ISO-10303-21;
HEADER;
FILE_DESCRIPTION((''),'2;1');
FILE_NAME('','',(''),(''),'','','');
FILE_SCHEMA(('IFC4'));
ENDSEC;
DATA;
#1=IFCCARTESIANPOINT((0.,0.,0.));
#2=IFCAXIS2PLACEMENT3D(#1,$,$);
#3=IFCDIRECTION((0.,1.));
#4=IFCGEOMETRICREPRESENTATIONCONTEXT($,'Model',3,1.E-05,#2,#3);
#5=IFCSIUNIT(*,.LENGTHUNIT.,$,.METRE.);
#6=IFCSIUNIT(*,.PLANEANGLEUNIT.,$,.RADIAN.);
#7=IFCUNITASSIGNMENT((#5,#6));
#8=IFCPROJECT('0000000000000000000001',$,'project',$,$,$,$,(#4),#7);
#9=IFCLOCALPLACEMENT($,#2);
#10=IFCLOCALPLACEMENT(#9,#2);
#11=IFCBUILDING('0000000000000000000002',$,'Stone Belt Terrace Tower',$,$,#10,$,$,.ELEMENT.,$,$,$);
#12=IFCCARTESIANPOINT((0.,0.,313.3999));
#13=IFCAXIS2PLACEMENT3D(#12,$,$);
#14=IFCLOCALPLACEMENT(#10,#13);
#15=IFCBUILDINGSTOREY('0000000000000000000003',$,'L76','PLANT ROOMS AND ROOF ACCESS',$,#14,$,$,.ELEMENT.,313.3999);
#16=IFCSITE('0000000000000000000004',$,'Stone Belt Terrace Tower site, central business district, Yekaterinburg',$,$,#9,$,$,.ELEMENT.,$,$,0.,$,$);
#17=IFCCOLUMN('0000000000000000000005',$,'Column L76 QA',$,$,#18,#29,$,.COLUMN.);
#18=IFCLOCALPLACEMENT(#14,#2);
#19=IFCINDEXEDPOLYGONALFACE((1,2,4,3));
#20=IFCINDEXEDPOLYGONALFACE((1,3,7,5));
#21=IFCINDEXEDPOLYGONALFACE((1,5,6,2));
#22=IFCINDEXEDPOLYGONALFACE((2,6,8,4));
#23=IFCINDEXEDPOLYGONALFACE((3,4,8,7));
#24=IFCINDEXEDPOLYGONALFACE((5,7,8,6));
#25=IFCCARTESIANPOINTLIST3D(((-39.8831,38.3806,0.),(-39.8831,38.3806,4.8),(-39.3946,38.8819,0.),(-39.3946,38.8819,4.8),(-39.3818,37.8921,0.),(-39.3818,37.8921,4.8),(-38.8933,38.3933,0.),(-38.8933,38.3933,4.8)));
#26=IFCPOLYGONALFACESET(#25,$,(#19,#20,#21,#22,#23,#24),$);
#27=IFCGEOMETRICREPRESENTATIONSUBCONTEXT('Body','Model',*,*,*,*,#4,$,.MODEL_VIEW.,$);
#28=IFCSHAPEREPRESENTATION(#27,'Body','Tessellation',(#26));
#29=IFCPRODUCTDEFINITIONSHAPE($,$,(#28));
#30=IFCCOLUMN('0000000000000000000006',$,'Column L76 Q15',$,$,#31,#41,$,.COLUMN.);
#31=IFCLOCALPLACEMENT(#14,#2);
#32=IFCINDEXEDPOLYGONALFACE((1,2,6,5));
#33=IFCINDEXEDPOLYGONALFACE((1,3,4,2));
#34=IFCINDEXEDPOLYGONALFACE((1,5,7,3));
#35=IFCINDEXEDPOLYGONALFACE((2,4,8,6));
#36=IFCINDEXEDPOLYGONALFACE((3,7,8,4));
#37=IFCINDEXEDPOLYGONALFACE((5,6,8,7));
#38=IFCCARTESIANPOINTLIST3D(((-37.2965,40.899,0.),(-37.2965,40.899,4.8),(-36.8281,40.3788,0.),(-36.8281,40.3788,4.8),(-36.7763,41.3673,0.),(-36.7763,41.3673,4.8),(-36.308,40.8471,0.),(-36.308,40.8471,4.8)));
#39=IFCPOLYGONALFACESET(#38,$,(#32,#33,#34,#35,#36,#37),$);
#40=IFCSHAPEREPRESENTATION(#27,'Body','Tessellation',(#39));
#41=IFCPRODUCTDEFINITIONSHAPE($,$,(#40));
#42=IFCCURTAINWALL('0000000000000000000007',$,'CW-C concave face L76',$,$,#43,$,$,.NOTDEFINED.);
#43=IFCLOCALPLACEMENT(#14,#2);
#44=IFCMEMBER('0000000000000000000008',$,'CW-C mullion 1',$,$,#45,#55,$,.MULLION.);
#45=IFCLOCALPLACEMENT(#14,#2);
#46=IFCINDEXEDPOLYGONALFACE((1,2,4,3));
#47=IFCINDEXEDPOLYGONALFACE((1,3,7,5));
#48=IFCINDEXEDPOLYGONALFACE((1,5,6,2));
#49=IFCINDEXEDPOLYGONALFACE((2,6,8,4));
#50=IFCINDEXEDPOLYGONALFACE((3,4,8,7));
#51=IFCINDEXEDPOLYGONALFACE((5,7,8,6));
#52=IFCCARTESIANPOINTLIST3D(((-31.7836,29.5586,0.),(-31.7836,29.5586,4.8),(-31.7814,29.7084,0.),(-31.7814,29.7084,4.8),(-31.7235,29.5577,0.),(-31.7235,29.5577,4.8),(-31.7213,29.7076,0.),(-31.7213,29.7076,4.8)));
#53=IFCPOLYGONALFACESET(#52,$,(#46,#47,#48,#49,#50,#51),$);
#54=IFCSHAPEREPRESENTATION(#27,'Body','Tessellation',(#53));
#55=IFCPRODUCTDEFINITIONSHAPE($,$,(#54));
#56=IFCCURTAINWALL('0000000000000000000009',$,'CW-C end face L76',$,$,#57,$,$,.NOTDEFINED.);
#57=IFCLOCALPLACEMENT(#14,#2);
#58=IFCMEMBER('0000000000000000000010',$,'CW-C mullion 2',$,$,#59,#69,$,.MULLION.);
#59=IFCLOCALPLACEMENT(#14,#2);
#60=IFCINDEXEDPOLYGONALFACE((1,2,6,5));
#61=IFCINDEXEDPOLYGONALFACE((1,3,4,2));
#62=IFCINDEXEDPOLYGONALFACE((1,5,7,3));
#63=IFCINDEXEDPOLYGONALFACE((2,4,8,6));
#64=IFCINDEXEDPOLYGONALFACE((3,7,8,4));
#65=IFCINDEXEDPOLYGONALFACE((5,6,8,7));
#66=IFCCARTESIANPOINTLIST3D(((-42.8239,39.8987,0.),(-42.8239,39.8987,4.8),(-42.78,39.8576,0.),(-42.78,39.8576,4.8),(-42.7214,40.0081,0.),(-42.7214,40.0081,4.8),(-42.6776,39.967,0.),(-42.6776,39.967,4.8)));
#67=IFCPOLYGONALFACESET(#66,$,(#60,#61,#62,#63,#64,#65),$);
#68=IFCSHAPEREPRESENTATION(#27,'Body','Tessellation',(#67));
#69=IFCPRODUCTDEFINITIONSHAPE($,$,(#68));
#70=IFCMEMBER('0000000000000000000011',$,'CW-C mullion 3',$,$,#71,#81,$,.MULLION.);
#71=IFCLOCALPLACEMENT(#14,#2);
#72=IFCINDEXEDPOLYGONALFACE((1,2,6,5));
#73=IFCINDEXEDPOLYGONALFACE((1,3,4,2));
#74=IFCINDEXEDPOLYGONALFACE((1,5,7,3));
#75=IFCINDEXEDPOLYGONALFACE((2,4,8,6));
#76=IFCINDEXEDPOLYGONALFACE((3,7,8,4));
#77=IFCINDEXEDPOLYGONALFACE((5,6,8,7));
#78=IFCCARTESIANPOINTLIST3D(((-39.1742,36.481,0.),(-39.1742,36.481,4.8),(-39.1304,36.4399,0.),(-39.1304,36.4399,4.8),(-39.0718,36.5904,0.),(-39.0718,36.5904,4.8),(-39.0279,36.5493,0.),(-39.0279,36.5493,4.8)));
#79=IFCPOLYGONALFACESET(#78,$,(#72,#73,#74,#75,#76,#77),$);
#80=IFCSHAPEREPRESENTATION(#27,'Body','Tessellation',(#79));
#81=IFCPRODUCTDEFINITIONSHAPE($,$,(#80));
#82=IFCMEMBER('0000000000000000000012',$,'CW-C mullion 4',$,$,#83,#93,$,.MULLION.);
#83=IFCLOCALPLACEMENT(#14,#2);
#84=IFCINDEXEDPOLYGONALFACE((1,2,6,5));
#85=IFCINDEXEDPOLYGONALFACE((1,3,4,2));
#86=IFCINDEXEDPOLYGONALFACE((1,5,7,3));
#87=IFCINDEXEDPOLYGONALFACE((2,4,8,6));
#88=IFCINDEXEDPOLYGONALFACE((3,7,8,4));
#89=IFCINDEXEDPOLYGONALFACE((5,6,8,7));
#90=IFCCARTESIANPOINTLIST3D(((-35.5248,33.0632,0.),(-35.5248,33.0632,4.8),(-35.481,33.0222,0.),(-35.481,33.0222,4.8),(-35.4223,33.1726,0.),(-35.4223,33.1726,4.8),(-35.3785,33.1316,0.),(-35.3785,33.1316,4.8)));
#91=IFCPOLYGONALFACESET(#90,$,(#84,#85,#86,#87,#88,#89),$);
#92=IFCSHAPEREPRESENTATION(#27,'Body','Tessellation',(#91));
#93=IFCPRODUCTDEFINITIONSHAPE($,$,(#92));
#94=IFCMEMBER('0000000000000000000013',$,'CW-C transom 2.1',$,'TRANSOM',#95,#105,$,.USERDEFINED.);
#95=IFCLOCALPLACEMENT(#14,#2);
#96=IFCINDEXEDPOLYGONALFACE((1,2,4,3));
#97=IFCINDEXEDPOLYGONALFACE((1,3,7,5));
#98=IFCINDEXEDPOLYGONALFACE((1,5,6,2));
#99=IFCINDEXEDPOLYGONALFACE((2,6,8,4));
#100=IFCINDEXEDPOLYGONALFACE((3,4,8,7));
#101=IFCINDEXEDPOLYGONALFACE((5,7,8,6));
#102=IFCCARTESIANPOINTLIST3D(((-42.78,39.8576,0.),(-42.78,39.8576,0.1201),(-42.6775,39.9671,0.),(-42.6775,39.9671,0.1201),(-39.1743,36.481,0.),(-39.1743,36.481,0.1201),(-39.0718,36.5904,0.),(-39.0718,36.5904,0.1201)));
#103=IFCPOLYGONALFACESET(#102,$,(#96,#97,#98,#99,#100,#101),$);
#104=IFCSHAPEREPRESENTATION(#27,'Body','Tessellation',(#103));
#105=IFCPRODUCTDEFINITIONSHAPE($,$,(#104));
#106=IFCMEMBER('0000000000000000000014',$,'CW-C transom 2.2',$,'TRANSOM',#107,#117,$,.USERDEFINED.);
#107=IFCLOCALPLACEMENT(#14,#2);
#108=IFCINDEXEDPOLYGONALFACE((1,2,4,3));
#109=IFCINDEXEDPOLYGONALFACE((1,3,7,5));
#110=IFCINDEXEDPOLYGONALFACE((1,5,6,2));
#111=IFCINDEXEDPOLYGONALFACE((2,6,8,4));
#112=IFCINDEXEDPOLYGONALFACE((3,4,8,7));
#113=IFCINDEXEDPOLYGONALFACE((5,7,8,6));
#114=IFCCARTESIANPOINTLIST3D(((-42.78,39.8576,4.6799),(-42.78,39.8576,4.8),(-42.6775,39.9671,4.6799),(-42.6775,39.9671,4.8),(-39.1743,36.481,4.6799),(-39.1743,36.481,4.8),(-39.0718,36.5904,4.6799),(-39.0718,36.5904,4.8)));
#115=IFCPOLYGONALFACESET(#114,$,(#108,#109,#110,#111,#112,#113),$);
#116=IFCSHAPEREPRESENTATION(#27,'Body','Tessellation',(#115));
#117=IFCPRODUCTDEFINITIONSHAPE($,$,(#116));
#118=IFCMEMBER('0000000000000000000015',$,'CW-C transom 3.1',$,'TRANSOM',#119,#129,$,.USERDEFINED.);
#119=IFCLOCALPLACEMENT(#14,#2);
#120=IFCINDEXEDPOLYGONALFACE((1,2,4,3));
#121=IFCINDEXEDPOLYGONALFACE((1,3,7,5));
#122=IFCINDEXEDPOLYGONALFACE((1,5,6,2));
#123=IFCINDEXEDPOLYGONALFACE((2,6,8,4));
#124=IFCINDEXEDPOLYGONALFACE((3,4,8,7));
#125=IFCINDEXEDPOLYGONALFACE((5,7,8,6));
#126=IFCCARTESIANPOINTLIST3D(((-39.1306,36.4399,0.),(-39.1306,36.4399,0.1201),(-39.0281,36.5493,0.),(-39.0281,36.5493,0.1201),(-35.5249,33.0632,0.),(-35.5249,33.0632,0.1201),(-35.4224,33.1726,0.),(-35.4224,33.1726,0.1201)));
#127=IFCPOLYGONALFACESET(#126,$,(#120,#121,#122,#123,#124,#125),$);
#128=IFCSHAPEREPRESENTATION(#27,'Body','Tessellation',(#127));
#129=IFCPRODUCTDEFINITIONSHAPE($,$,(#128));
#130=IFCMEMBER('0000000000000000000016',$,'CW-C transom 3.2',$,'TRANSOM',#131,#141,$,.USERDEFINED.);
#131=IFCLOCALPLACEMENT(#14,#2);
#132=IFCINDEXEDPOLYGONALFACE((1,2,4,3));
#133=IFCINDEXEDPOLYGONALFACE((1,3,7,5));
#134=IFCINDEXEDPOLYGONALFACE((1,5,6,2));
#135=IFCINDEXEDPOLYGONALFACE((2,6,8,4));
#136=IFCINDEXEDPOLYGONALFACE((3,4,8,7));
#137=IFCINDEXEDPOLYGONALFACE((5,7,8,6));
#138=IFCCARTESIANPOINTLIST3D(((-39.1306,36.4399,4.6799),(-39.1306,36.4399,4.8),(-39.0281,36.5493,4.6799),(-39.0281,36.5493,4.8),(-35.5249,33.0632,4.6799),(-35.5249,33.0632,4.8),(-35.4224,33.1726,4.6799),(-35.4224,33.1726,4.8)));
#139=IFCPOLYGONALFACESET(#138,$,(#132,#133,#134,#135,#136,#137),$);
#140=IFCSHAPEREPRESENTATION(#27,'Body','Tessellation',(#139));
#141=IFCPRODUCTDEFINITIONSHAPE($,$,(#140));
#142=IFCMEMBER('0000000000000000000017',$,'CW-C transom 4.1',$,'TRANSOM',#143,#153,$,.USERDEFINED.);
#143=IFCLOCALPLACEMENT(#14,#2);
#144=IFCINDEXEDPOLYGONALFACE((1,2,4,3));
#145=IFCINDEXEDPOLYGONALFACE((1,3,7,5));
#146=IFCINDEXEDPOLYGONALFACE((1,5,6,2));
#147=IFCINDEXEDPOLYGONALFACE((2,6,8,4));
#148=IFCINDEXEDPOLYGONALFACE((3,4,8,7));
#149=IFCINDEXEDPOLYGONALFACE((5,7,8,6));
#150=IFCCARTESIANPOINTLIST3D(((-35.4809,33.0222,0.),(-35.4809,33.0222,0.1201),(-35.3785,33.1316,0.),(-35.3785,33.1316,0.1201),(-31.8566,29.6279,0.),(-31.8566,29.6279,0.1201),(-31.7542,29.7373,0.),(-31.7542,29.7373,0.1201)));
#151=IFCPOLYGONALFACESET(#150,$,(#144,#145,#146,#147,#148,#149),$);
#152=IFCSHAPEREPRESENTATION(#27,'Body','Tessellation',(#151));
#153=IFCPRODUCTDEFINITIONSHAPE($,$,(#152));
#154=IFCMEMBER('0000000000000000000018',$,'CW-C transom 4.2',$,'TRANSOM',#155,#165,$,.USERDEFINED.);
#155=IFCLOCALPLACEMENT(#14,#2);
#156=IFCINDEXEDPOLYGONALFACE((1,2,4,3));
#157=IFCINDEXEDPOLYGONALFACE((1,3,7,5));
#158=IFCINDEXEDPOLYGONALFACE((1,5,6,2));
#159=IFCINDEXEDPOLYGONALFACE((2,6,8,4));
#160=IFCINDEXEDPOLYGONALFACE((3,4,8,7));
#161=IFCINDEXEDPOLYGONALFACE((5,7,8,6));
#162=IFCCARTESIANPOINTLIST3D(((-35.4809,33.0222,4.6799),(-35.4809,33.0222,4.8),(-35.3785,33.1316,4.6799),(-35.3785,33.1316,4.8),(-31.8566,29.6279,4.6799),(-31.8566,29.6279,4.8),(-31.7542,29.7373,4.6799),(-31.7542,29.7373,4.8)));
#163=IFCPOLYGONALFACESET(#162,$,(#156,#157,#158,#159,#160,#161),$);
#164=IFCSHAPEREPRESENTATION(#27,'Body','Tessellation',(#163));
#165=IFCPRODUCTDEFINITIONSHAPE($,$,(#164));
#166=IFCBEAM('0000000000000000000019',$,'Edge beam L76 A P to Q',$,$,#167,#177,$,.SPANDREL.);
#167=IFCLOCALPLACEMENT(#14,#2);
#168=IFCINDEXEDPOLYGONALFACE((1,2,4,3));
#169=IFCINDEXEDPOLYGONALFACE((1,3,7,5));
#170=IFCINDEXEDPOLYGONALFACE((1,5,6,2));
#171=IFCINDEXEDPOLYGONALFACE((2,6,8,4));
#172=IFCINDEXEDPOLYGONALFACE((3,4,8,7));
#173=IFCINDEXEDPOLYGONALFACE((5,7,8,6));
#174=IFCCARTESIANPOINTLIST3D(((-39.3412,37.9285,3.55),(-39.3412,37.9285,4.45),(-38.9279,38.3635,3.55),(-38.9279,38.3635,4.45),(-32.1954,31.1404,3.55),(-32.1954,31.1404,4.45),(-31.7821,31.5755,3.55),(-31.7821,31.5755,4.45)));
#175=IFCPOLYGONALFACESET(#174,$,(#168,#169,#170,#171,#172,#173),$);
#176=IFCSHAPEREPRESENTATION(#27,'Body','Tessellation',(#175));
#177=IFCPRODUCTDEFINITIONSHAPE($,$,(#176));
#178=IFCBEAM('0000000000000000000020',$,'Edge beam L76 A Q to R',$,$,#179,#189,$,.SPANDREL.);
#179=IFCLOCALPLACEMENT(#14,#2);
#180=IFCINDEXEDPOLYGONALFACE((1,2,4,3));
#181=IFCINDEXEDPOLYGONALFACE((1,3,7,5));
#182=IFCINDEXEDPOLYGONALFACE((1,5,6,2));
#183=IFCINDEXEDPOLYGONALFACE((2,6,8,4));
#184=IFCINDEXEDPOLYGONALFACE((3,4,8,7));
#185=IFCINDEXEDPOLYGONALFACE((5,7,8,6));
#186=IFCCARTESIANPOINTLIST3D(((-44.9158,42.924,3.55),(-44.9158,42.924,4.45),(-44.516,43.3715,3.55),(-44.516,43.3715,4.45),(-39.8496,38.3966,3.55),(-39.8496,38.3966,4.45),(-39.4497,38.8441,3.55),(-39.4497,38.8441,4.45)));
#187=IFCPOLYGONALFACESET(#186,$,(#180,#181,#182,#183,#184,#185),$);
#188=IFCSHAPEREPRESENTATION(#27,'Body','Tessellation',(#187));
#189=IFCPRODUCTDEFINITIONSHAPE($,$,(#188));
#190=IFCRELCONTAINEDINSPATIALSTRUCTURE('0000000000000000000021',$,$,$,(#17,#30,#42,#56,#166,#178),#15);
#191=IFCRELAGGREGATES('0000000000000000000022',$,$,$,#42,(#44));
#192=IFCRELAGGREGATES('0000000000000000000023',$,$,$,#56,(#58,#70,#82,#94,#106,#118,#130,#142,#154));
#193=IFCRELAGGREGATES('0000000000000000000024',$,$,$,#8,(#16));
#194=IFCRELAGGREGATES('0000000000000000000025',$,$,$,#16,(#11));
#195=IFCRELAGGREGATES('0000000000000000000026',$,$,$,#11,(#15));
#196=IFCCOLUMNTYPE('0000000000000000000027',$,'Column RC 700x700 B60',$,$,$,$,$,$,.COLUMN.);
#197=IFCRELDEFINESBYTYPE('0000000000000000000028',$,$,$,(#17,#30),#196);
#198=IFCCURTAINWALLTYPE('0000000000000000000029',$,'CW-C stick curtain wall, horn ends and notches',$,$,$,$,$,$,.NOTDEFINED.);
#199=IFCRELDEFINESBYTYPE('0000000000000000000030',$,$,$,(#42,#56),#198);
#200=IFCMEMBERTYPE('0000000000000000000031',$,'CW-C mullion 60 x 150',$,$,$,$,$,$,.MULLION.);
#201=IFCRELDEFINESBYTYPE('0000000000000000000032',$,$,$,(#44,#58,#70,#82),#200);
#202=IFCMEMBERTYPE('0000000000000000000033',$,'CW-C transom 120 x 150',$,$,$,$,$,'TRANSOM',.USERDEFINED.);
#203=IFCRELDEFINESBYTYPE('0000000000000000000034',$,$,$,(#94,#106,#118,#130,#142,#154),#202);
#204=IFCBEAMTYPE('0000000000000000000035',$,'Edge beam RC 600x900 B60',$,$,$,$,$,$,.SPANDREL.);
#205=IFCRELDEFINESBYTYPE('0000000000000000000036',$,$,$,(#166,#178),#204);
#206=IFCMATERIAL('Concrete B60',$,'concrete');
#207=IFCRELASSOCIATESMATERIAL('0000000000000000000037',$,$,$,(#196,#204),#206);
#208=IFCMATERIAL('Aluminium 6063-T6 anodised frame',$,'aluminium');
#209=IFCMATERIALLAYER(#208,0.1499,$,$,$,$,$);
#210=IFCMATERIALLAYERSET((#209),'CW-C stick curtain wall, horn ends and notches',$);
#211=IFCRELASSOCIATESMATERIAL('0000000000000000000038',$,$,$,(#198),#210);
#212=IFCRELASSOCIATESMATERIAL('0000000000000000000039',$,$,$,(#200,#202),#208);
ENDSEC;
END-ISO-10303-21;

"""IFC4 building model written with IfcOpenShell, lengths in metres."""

from ifc_helpers import new_model, si_unit, direction, frame, origin, origin_2d, place, context, subcontext, project, spatial, rectangle, extrude, material, layer, layer_set, material_profile, profile_set, type_object, element, aggregate, save


model = new_model("IFC4")

# Units and contexts
model_context = context("Model", 3, precision=1e-05, world=origin(), true_north=direction((0.0, 1.0)))
body_context = subcontext(model_context, "Body", "Model", "MODEL_VIEW")
ifc_project = project(units=[si_unit("LENGTHUNIT", "METRE"), si_unit("PLANEANGLEUNIT", "RADIAN")], contexts=[model_context])

# Site, building, storey
site_placement = place(None, origin())
site = spatial("IfcSite", under=ifc_project, at=site_placement, Name="Stone Belt Terrace Tower site, central business district, Yekaterinburg", CompositionType="ELEMENT", RefElevation=0.0)
building_placement = place(site_placement, origin())
building = spatial("IfcBuilding", under=site, at=building_placement, Name="Stone Belt Terrace Tower", CompositionType="ELEMENT")
storey_placement = place(building_placement, frame((0.0, 0.0, 313.3999)))
storey = spatial("IfcBuildingStorey", under=building, at=storey_placement, Name="L76", Description="PLANT ROOMS AND ROOF ACCESS", CompositionType="ELEMENT", Elevation=313.3999)

# Columns
ifc_material_1 = material(Name="Concrete B60", Category="concrete")
ifc_material_profile_1 = material_profile(ifc_material_1, rectangle(XDim=0.7, YDim=0.7, at=origin_2d()), Name="RC 700x700")
ifc_profile_set_1 = profile_set([ifc_material_profile_1], Name="Concrete B60")
column_type = type_object("IfcColumnType", Name="Column RC 700x700 B60", PredefinedType="COLUMN", material=ifc_profile_set_1)
for number, where, z_axis, x_axis, name in (
    (1, (-39.3882, 38.387, 0.0), (0.0, 0.0, 1.0), (0.697944, 0.716152, 0.0), "Column L76 QA"),
    (2, (-36.8022, 40.873, 0.0), (0.0, 0.0, 1.0), (0.743145, 0.669131, 0.0), "Column L76 Q15"),
):
    element("IfcColumn", number, at=place(storey_placement, frame(where, z_axis=z_axis, x_axis=x_axis)), inside=storey, type_object=column_type, Name=name, PredefinedType="COLUMN", context=body_context, shape_type="SweptSolid", body=[
        extrude(rectangle(XDim=0.7, YDim=0.7, at=origin_2d()), origin(), (0.0, 0.0, 1.0), 4.8),
    ])

# Curtain wall, member
ifc_material_2 = material(Name="Aluminium 6063-T6 anodised frame", Category="aluminium")
ifc_layer_1 = layer(ifc_material_2, 0.1499)
ifc_layer_set_1 = layer_set([ifc_layer_1], Name="CW-C stick curtain wall, horn ends and notches")
curtain_wall_type = type_object("IfcCurtainWallType", Name="CW-C stick curtain wall, horn ends and notches", PredefinedType="NOTDEFINED", material=ifc_layer_set_1)
curtain_wall_1_placement = place(storey_placement, origin())
curtain_wall_1 = element("IfcCurtainWall", 3, at=curtain_wall_1_placement, inside=storey, type_object=curtain_wall_type, Name="CW-C concave face L76", PredefinedType="NOTDEFINED")
ifc_material_profile_2 = material_profile(ifc_material_2, rectangle(XDim=0.1499, YDim=0.0601, at=origin_2d()), Name="Aluminium 6063-T6 60x150")
ifc_profile_set_2 = profile_set([ifc_material_profile_2], Name="Aluminium 6063-T6 anodised frame")
member_type_1 = type_object("IfcMemberType", Name="CW-C mullion 60 x 150", PredefinedType="MULLION", material=ifc_profile_set_2)
member_1_placement = place(storey_placement, frame((-31.7524, 29.6331, 0.0), z_axis=(0.0, 0.0, 1.0), x_axis=(0.014682, 0.999892, 0.0)))
member_1 = element("IfcMember", 4, at=member_1_placement, type_object=member_type_1, Name="CW-C mullion 1", PredefinedType="MULLION", context=body_context, shape_type="SweptSolid", body=[
    extrude(rectangle(XDim=0.1499, YDim=0.0601, at=origin_2d()), origin(), (0.0, 0.0, 1.0), 4.8),
])
aggregate(curtain_wall_1, [member_1])

# Curtain wall, members
curtain_wall_2_placement = place(storey_placement, origin())
curtain_wall_2 = element("IfcCurtainWall", 5, at=curtain_wall_2_placement, inside=storey, type_object=curtain_wall_type, Name="CW-C end face L76", PredefinedType="NOTDEFINED")
member_2_placement = place(storey_placement, frame((-42.7507, 39.9329, 0.0), z_axis=(0.0, 0.0, 1.0), x_axis=(0.683549, 0.729904, 0.0)))
member_2 = element("IfcMember", 6, at=member_2_placement, type_object=member_type_1, Name="CW-C mullion 2", PredefinedType="MULLION", context=body_context, shape_type="SweptSolid", body=[
    extrude(rectangle(XDim=0.1499, YDim=0.0601, at=origin_2d()), origin(), (0.0, 0.0, 1.0), 4.8),
])
member_3_placement = place(storey_placement, frame((-39.1011, 36.5151, 0.0), z_axis=(0.0, 0.0, 1.0), x_axis=(0.683549, 0.729904, 0.0)))
member_3 = element("IfcMember", 7, at=member_3_placement, type_object=member_type_1, Name="CW-C mullion 3", PredefinedType="MULLION", context=body_context, shape_type="SweptSolid", body=[
    extrude(rectangle(XDim=0.1499, YDim=0.0601, at=origin_2d()), origin(), (0.0, 0.0, 1.0), 4.8),
])
member_4_placement = place(storey_placement, frame((-35.4517, 33.0974, 0.0), z_axis=(0.0, 0.0, 1.0), x_axis=(0.683549, 0.729904, 0.0)))
member_4 = element("IfcMember", 8, at=member_4_placement, type_object=member_type_1, Name="CW-C mullion 4", PredefinedType="MULLION", context=body_context, shape_type="SweptSolid", body=[
    extrude(rectangle(XDim=0.1499, YDim=0.0601, at=origin_2d()), origin(), (0.0, 0.0, 1.0), 4.8),
])
ifc_material_profile_3 = material_profile(ifc_material_2, rectangle(XDim=0.1499, YDim=0.1201, at=origin_2d()), Name="Aluminium 6063-T6 150x120")
ifc_profile_set_3 = profile_set([ifc_material_profile_3], Name="Aluminium 6063-T6 anodised frame")
member_type_2 = type_object("IfcMemberType", Name="CW-C transom 120 x 150", ElementType="TRANSOM", PredefinedType="USERDEFINED", material=ifc_profile_set_3)
member_5_placement = place(storey_placement, frame((-42.7288, 39.9124, 0.0601), z_axis=(0.729905, -0.683548, 0.0), x_axis=(0.683548, 0.729905, 0.0)))
member_5 = element("IfcMember", 9, at=member_5_placement, type_object=member_type_2, Name="CW-C transom 2.1", ObjectType="TRANSOM", PredefinedType="USERDEFINED", context=body_context, shape_type="SweptSolid", body=[
    extrude(rectangle(XDim=0.1499, YDim=0.1201, at=origin_2d()), origin(), (0.0, 0.0, 1.0), 4.9399),
])
member_6_placement = place(storey_placement, frame((-42.7288, 39.9124, 4.74), z_axis=(0.729905, -0.683548, 0.0), x_axis=(0.683548, 0.729905, 0.0)))
member_6 = element("IfcMember", 10, at=member_6_placement, type_object=member_type_2, Name="CW-C transom 2.2", ObjectType="TRANSOM", PredefinedType="USERDEFINED", context=body_context, shape_type="SweptSolid", body=[
    extrude(rectangle(XDim=0.1499, YDim=0.1201, at=origin_2d()), origin(), (0.0, 0.0, 1.0), 4.9399),
])
member_7_placement = place(storey_placement, frame((-39.0793, 36.4946, 0.0601), z_axis=(0.729905, -0.683548, 0.0), x_axis=(0.683548, 0.729905, 0.0)))
member_7 = element("IfcMember", 11, at=member_7_placement, type_object=member_type_2, Name="CW-C transom 3.1", ObjectType="TRANSOM", PredefinedType="USERDEFINED", context=body_context, shape_type="SweptSolid", body=[
    extrude(rectangle(XDim=0.1499, YDim=0.1201, at=origin_2d()), origin(), (0.0, 0.0, 1.0), 4.9399),
])
member_8_placement = place(storey_placement, frame((-39.0793, 36.4946, 4.74), z_axis=(0.729905, -0.683548, 0.0), x_axis=(0.683548, 0.729905, 0.0)))
member_8 = element("IfcMember", 12, at=member_8_placement, type_object=member_type_2, Name="CW-C transom 3.2", ObjectType="TRANSOM", PredefinedType="USERDEFINED", context=body_context, shape_type="SweptSolid", body=[
    extrude(rectangle(XDim=0.1499, YDim=0.1201, at=origin_2d()), origin(), (0.0, 0.0, 1.0), 4.9399),
])
member_9_placement = place(storey_placement, frame((-35.4297, 33.0769, 0.0601), z_axis=(0.729885, -0.68357, 0.0), x_axis=(0.68357, 0.729885, 0.0)))
member_9 = element("IfcMember", 13, at=member_9_placement, type_object=member_type_2, Name="CW-C transom 4.1", ObjectType="TRANSOM", PredefinedType="USERDEFINED", context=body_context, shape_type="SweptSolid", body=[
    extrude(rectangle(XDim=0.1499, YDim=0.1201, at=origin_2d()), origin(), (0.0, 0.0, 1.0), 4.9656),
])
member_10_placement = place(storey_placement, frame((-35.4297, 33.0769, 4.74), z_axis=(0.729885, -0.68357, 0.0), x_axis=(0.68357, 0.729885, 0.0)))
member_10 = element("IfcMember", 14, at=member_10_placement, type_object=member_type_2, Name="CW-C transom 4.2", ObjectType="TRANSOM", PredefinedType="USERDEFINED", context=body_context, shape_type="SweptSolid", body=[
    extrude(rectangle(XDim=0.1499, YDim=0.1201, at=origin_2d()), origin(), (0.0, 0.0, 1.0), 4.9656),
])

# Beams
ifc_material_profile_4 = material_profile(ifc_material_1, rectangle(XDim=0.6001, YDim=0.8999, at=origin_2d()), Name="RC 600x900")
ifc_profile_set_4 = profile_set([ifc_material_profile_4], Name="Concrete B60")
beam_type = type_object("IfcBeamType", Name="Edge beam RC 600x900 B60", PredefinedType="SPANDREL", material=ifc_profile_set_4)
beam_1_placement = place(storey_placement, frame((-31.9888, 31.3579, 4.0), z_axis=(-0.725019, 0.688729, 0.0), x_axis=(-0.688729, -0.725019, 0.0)))
element("IfcBeam", 15, at=beam_1_placement, inside=storey, type_object=beam_type, Name="Edge beam L76 A P to Q", PredefinedType="SPANDREL", context=body_context, shape_type="SweptSolid", body=[
    extrude(rectangle(XDim=0.6001, YDim=0.8999, at=origin_2d()), origin(), (0.0, 0.0, 1.0), 9.856),
])
beam_2_placement = place(storey_placement, frame((-39.6497, 38.6204, 4.0), z_axis=(-0.745646, 0.666342, 0.0), x_axis=(-0.666342, -0.745646, 0.0)))
element("IfcBeam", 16, at=beam_2_placement, inside=storey, type_object=beam_type, Name="Edge beam L76 A Q to R", PredefinedType="SPANDREL", context=body_context, shape_type="SweptSolid", body=[
    extrude(rectangle(XDim=0.6001, YDim=0.8999, at=origin_2d()), origin(), (0.0, 0.0, 1.0), 6.7944),
])

aggregate(curtain_wall_2, [member_2, member_3, member_4, member_5, member_6, member_7, member_8, member_9, member_10])

save(model, "model.ifc")
